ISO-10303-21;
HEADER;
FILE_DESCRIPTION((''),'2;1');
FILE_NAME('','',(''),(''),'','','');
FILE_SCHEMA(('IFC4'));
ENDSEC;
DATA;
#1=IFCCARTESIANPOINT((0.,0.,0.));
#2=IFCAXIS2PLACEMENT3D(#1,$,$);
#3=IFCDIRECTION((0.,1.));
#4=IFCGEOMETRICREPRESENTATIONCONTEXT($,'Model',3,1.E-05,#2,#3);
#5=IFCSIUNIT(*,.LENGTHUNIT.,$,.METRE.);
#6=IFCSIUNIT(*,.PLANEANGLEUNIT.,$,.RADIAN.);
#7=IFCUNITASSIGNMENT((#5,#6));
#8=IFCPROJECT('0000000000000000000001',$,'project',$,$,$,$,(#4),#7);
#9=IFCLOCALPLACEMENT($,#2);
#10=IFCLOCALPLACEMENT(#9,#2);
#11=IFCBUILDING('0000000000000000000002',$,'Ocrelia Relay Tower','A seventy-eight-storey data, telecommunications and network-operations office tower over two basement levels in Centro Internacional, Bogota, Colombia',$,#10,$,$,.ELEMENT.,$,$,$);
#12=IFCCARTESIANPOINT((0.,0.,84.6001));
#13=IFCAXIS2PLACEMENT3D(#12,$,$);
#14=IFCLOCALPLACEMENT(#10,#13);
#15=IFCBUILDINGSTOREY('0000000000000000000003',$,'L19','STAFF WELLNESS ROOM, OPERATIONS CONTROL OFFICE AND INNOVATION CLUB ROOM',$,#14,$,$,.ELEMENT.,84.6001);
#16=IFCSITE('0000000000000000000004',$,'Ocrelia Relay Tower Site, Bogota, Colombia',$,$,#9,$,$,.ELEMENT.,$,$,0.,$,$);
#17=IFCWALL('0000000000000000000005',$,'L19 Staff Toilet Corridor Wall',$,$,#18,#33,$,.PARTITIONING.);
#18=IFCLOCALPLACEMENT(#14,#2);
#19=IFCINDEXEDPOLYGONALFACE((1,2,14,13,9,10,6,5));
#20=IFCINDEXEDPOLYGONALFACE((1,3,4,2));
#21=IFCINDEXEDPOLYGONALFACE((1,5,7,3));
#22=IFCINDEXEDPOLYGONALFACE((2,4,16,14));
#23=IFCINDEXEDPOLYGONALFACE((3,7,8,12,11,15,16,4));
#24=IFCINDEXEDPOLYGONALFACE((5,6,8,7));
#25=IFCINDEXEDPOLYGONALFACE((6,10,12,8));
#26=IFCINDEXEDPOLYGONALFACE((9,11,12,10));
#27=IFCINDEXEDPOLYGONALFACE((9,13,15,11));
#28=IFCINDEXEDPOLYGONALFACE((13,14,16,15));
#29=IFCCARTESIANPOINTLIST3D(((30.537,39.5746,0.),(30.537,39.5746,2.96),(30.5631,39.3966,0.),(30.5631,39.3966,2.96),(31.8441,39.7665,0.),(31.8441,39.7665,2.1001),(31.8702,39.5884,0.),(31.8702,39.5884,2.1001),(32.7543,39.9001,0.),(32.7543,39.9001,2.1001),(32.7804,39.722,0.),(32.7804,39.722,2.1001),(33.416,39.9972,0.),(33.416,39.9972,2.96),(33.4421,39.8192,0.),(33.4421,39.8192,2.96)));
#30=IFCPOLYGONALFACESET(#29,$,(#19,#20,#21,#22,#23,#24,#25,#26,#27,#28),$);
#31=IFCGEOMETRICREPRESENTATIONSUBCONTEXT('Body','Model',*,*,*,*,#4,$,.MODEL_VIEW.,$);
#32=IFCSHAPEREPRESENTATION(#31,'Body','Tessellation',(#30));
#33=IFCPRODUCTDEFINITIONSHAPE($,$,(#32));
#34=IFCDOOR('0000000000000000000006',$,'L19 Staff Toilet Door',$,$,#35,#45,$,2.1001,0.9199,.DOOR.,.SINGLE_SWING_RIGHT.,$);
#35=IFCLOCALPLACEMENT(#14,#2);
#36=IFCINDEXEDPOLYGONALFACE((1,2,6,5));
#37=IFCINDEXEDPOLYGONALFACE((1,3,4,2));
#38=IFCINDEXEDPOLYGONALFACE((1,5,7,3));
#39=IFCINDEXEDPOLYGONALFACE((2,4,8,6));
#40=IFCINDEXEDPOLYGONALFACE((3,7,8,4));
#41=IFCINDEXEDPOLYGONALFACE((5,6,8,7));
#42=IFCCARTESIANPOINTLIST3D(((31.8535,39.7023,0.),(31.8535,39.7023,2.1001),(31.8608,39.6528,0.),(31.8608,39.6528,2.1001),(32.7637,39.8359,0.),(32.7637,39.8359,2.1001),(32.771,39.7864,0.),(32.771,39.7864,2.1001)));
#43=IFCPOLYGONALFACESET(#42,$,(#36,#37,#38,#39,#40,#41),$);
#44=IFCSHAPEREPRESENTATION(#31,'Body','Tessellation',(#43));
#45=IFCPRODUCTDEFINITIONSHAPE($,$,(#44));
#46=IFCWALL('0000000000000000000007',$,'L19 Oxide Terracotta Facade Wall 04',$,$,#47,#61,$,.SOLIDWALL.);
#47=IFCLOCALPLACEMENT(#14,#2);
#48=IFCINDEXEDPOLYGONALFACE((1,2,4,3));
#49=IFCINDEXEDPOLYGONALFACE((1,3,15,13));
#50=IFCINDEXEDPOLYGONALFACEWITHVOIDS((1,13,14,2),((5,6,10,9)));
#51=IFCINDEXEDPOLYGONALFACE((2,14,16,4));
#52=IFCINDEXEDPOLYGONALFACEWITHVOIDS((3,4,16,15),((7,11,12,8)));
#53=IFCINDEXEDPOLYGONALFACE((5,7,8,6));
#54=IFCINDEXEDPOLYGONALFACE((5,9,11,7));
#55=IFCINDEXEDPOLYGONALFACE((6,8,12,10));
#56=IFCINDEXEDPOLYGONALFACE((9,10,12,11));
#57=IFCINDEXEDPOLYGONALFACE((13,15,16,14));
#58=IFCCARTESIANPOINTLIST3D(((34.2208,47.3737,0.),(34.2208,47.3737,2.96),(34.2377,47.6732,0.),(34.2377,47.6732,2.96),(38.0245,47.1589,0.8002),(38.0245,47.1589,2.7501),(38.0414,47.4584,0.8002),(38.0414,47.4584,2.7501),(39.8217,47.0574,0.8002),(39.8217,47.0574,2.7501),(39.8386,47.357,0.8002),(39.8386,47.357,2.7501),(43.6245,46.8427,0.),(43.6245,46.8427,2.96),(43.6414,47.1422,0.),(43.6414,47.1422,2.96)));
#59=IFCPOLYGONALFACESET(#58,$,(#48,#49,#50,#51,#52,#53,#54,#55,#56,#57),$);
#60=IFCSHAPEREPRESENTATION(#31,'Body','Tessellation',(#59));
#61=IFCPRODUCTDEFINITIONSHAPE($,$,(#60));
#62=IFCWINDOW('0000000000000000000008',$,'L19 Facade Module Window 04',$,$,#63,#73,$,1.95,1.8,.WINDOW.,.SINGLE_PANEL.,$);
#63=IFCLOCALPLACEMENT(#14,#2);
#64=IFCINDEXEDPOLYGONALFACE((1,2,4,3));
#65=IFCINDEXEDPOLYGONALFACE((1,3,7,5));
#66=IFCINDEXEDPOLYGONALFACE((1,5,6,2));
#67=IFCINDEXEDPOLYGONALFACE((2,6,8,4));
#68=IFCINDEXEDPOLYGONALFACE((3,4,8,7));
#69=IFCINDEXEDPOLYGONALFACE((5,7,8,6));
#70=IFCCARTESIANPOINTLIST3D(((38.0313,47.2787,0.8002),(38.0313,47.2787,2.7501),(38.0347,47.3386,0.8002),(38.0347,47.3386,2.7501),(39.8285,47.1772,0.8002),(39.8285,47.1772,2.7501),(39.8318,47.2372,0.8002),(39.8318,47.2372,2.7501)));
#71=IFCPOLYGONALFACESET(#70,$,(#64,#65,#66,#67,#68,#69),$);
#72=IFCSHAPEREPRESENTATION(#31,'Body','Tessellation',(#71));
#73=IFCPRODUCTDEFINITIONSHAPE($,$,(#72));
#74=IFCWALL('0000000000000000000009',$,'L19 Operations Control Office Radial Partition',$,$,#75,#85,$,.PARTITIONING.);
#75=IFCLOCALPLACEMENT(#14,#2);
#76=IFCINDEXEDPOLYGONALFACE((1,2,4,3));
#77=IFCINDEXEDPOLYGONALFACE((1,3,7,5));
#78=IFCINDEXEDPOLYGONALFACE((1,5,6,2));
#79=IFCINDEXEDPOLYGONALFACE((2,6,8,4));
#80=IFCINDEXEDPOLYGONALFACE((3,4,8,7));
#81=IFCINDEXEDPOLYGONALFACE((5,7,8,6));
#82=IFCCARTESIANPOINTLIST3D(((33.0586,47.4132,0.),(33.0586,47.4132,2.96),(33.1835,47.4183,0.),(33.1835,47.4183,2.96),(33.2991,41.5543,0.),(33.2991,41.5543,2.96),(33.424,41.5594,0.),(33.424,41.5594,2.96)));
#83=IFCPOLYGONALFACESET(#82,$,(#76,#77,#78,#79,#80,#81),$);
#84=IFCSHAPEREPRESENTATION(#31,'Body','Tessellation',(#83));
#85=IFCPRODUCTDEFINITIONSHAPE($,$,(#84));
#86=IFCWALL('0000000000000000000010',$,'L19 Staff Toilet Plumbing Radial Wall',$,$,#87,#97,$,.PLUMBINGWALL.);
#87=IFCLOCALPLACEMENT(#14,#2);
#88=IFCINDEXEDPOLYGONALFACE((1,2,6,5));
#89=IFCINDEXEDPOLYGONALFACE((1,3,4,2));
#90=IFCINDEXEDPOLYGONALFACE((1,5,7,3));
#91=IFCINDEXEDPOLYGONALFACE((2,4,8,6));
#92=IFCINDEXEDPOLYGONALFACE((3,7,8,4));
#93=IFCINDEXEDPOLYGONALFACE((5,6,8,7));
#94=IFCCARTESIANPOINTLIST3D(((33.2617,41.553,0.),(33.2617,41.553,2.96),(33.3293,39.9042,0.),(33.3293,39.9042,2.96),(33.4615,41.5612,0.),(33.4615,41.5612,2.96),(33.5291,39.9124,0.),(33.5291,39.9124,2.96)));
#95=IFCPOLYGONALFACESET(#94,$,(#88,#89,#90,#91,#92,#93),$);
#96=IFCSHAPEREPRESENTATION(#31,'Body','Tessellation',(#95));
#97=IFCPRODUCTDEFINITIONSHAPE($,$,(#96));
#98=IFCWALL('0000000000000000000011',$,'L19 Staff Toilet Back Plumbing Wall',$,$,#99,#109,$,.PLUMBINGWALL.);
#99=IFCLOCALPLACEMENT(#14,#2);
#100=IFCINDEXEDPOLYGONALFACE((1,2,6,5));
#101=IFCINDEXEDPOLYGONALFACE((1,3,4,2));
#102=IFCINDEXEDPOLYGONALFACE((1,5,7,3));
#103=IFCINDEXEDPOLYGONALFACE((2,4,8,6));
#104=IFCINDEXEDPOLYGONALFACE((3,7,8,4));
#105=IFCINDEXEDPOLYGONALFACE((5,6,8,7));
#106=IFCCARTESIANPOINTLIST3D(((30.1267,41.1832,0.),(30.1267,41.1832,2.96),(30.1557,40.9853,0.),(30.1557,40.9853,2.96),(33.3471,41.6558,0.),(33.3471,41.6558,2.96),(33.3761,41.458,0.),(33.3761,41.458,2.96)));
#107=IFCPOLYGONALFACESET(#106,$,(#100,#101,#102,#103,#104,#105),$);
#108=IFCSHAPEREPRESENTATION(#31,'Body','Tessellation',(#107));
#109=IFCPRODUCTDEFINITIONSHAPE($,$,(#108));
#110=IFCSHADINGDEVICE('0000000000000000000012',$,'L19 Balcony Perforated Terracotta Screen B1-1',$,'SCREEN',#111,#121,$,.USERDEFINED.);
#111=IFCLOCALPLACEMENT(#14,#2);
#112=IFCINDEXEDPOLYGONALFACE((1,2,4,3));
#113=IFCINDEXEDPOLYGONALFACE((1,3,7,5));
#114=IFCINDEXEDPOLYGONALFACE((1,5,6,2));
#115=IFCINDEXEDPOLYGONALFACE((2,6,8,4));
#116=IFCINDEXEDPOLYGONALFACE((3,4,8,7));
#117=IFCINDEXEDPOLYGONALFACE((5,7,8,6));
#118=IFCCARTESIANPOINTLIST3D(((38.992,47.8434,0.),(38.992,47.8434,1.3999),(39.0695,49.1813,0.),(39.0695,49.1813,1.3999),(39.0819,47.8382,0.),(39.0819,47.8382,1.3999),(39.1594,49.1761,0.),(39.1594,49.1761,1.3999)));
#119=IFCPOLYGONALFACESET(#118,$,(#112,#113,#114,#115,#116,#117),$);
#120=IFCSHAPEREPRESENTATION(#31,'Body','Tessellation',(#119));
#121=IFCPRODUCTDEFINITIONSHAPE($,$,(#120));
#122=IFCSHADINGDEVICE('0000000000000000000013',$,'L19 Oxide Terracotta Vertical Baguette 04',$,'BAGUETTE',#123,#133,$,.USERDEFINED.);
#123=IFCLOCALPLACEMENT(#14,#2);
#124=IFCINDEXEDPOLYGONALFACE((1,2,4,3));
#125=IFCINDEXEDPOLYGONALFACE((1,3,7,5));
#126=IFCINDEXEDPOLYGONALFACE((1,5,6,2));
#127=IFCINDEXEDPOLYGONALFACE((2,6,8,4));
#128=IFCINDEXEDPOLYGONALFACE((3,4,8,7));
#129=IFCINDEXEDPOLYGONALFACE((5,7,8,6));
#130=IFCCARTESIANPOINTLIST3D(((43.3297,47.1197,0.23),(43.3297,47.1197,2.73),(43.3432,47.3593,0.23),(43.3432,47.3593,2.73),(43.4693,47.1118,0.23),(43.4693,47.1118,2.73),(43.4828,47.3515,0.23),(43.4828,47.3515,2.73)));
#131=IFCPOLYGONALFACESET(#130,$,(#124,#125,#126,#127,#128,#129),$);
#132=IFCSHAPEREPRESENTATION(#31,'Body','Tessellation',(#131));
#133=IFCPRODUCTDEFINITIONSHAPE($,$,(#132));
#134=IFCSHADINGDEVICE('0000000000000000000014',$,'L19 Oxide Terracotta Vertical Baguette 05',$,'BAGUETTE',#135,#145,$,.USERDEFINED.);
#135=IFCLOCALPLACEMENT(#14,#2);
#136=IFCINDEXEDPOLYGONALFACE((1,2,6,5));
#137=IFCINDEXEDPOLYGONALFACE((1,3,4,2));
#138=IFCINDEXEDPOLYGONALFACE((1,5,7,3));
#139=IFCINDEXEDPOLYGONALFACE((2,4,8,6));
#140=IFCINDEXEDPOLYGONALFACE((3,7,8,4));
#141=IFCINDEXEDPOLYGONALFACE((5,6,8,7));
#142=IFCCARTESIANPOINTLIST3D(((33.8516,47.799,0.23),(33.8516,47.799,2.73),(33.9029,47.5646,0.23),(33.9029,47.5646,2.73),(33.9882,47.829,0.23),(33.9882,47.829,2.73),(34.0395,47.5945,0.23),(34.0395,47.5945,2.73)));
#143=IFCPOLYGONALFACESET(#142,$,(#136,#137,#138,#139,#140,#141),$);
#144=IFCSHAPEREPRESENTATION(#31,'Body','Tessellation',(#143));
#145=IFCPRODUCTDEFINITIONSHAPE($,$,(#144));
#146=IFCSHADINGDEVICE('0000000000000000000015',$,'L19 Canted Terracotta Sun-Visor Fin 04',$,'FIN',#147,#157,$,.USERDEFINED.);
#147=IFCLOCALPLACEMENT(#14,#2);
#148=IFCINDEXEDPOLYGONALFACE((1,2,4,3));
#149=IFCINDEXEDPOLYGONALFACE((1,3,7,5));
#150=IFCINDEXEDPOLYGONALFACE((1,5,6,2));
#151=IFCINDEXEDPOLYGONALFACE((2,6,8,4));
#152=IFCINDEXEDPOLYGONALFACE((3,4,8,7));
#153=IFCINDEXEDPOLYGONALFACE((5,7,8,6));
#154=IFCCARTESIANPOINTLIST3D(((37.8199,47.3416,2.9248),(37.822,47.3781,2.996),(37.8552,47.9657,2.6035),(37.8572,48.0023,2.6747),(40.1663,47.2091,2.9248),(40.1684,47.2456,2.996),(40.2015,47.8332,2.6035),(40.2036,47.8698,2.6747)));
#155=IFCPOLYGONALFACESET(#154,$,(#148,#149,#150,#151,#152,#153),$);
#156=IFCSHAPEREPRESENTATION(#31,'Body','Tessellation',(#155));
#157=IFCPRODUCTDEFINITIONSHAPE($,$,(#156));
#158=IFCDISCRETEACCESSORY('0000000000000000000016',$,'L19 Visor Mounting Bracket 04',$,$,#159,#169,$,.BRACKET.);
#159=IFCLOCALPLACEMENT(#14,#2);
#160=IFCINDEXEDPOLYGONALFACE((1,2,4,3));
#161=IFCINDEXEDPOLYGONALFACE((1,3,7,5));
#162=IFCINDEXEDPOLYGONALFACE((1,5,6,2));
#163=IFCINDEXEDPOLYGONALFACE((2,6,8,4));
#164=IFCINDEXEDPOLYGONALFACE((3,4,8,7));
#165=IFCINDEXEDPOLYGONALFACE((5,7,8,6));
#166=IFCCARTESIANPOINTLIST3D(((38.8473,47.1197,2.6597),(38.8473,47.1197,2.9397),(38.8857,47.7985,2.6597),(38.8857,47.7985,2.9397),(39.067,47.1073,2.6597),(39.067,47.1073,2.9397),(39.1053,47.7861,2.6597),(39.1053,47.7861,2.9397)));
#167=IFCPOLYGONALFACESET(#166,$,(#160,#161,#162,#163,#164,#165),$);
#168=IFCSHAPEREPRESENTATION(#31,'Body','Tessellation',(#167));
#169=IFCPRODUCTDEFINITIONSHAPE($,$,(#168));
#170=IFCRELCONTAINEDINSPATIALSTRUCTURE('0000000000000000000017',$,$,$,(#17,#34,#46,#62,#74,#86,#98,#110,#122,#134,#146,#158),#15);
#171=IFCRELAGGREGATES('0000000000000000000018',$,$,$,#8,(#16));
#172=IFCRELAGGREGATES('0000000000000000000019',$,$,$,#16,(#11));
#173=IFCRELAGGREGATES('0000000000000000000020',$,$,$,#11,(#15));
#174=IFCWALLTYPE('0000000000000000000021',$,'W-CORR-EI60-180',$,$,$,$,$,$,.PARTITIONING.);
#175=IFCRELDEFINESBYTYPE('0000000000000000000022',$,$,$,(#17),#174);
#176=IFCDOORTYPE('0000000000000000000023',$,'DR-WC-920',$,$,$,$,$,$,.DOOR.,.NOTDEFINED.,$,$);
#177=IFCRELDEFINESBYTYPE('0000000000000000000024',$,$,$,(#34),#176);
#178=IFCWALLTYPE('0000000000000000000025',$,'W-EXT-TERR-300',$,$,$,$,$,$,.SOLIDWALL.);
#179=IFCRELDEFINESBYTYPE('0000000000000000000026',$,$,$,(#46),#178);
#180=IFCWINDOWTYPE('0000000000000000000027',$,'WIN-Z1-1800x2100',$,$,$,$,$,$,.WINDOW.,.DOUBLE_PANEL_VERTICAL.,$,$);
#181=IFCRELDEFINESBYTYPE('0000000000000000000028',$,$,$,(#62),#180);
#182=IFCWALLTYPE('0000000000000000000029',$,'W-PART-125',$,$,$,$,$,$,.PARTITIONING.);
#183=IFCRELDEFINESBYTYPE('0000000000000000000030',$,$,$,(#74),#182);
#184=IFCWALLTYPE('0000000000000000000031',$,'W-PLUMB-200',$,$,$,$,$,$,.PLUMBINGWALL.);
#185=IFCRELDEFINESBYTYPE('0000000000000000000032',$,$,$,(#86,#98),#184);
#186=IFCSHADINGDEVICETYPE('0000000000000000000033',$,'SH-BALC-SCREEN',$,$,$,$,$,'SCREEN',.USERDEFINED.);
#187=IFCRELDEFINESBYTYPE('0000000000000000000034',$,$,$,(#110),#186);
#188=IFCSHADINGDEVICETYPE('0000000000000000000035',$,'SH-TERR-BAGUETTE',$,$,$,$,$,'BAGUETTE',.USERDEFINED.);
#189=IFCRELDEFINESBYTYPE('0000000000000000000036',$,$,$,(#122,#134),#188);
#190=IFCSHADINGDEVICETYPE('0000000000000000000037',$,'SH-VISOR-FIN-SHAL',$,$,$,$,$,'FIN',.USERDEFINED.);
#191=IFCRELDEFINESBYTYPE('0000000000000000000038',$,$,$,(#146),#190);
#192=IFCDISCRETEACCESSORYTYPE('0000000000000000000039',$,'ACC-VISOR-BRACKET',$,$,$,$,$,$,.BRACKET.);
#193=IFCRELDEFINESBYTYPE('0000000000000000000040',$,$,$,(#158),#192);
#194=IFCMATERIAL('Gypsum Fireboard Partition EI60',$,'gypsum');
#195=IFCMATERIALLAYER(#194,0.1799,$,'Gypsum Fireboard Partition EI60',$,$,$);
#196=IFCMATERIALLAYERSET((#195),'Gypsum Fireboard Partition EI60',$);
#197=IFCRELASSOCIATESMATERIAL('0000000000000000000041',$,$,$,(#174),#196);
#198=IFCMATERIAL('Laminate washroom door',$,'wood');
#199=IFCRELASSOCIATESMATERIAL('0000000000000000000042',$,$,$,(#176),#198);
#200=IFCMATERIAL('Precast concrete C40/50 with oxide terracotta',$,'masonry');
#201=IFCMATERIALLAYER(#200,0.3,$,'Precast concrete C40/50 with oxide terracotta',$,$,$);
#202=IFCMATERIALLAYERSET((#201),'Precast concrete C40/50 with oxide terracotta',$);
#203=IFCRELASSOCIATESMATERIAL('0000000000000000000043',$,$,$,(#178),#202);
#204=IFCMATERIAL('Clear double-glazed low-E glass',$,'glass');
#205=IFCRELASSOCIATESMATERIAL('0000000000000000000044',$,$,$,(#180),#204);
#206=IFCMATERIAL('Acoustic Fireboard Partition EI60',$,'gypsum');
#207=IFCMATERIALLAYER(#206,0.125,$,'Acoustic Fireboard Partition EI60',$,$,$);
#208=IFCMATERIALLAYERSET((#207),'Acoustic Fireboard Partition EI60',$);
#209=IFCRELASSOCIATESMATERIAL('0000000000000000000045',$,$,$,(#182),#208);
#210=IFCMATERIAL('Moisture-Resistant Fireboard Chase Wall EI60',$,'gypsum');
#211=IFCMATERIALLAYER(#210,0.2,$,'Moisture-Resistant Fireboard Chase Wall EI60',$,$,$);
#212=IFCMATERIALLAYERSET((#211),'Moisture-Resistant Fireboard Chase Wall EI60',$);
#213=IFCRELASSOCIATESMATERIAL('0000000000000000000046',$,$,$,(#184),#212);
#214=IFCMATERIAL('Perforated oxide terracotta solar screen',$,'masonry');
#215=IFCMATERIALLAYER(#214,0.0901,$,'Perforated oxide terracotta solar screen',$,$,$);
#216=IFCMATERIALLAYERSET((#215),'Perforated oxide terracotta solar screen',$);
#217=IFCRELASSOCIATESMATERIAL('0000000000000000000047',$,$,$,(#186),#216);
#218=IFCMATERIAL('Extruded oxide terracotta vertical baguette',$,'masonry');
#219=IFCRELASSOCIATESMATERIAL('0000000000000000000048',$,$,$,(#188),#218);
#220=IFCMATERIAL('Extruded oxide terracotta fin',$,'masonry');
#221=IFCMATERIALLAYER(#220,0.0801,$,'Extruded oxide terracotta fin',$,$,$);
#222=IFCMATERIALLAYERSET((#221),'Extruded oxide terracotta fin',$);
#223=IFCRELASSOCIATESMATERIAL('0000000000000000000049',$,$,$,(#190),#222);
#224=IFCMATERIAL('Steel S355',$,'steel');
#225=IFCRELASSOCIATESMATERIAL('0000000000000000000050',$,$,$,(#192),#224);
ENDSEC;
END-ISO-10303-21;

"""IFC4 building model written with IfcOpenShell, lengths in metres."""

from ifc_helpers import new_model, si_unit, direction, frame, frame_2d, origin, origin_2d, place, context, subcontext, project, spatial, rectangle, extrude, material, layer, layer_set, type_object, element, fill, save


model = new_model("IFC4")

# Units and contexts
model_context = context("Model", 3, precision=1e-05, world=origin(), true_north=direction((0.0, 1.0)))
body_context = subcontext(model_context, "Body", "Model", "MODEL_VIEW")
ifc_project = project(units=[si_unit("LENGTHUNIT", "METRE"), si_unit("PLANEANGLEUNIT", "RADIAN")], contexts=[model_context])

# Site, building, storey
site_placement = place(None, origin())
site = spatial("IfcSite", under=ifc_project, at=site_placement, Name="Ocrelia Relay Tower Site, Bogota, Colombia", CompositionType="ELEMENT", RefElevation=0.0)
building_placement = place(site_placement, origin())
building = spatial("IfcBuilding", under=site, at=building_placement, Name="Ocrelia Relay Tower", Description="A seventy-eight-storey data, telecommunications and network-operations office tower over two basement levels in Centro Internacional, Bogota, Colombia", CompositionType="ELEMENT")
storey_placement = place(building_placement, frame((0.0, 0.0, 84.6001)))
storey = spatial("IfcBuildingStorey", under=building, at=storey_placement, Name="L19", Description="STAFF WELLNESS ROOM, OPERATIONS CONTROL OFFICE AND INNOVATION CLUB ROOM", CompositionType="ELEMENT", Elevation=84.6001)

# Shared definitions
ifc_material_1 = material(Name="Steel S355", Category="steel")

# Wall, opening, door
ifc_material_2 = material(Name="Gypsum Fireboard Partition EI60", Category="gypsum")
ifc_layer_1 = layer(ifc_material_2, 0.1799, Name="Gypsum Fireboard Partition EI60")
ifc_layer_set_1 = layer_set([ifc_layer_1], Name="Gypsum Fireboard Partition EI60")
wall_type_1 = type_object("IfcWallType", Name="W-CORR-EI60-180", PredefinedType="PARTITIONING", material=ifc_layer_set_1)
wall_1_placement = place(storey_placement, frame((33.4292, 39.9082, 0.0), z_axis=(0.0, 0.0, 1.0), x_axis=(-0.989399, -0.145226, 0.0)))
wall_1 = element("IfcWall", 1, at=wall_1_placement, inside=storey, type_object=wall_type_1, Name="L19 Staff Toilet Corridor Wall", PredefinedType="PARTITIONING", context=body_context, shape_type="SweptSolid", body=[
    extrude(rectangle(XDim=2.9099, YDim=0.1799, at=frame_2d((1.4551, 0.0))), origin(), (0.0, 0.0, 1.0), 2.96),
])
opening_1_placement = place(wall_1_placement, frame((0.6689, 0.0, 0.0)))
opening_1 = element("IfcOpeningElement", 2, at=opening_1_placement, cuts=wall_1, PredefinedType="OPENING", context=body_context, shape_type="SweptSolid", body=[
    extrude(rectangle(XDim=0.9199, YDim=2.1001, at=frame_2d((0.46, 1.05))), frame((0.0, 0.1001, 0.0), z_axis=(0.0, -1.0, 0.0), x_axis=(1.0, 0.0, 0.0)), (0.0, 0.0, 1.0), 0.2),
])
ifc_material_3 = material(Name="Laminate washroom door", Category="wood")
door_type_1 = type_object("IfcDoorType", Name="DR-WC-920", OperationType="NOTDEFINED", PredefinedType="DOOR", material=ifc_material_3)
door_1_placement = place(opening_1_placement, origin())
door_1 = element("IfcDoor", 3, at=door_1_placement, inside=storey, type_object=door_type_1, Name="L19 Staff Toilet Door", OperationType="SINGLE_SWING_RIGHT", OverallHeight=2.1001, OverallWidth=0.9199, PredefinedType="DOOR", context=body_context, shape_type="SweptSolid", body=[
    extrude(rectangle(XDim=0.9199, YDim=2.1001, at=frame_2d((0.46, 1.05))), frame((0.0, 0.0249, 0.0), z_axis=(0.0, -1.0, 0.0), x_axis=(1.0, 0.0, 0.0)), (0.0, 0.0, 1.0), 0.05),
])
fill(opening_1, door_1)

# Wall, opening, window
ifc_material_4 = material(Name="Precast concrete C40/50 with oxide terracotta", Category="masonry")
ifc_layer_2 = layer(ifc_material_4, 0.3, Name="Precast concrete C40/50 with oxide terracotta")
ifc_layer_set_2 = layer_set([ifc_layer_2], Name="Precast concrete C40/50 with oxide terracotta")
wall_type_2 = type_object("IfcWallType", Name="W-EXT-TERR-300", PredefinedType="SOLIDWALL", material=ifc_layer_set_2)
wall_2_placement = place(storey_placement, frame((43.6331, 46.9924, 0.0), z_axis=(0.0, 0.0, 1.0), x_axis=(-0.99841, 0.056377, 0.0)))
wall_2 = element("IfcWall", 4, at=wall_2_placement, inside=storey, type_object=wall_type_2, Name="L19 Oxide Terracotta Facade Wall 04", PredefinedType="SOLIDWALL", context=body_context, shape_type="SweptSolid", body=[
    extrude(rectangle(XDim=9.4187, YDim=0.3, at=frame_2d((4.7095, 0.0))), origin(), (0.0, 0.0, 1.0), 2.96),
])
opening_2_placement = place(wall_2_placement, frame((3.8091, 0.0, 0.8)))
opening_2 = element("IfcOpeningElement", 5, at=opening_2_placement, cuts=wall_2, PredefinedType="OPENING", context=body_context, shape_type="SweptSolid", body=[
    extrude(rectangle(XDim=1.8, YDim=1.95, at=frame_2d((0.8999, 0.9751))), frame((0.0, 0.1602, 0.0), z_axis=(0.0, -1.0, 0.0), x_axis=(1.0, 0.0, 0.0)), (0.0, 0.0, 1.0), 0.3201),
])
ifc_material_5 = material(Name="Clear double-glazed low-E glass", Category="glass")
window_type = type_object("IfcWindowType", Name="WIN-Z1-1800x2100", PartitioningType="DOUBLE_PANEL_VERTICAL", PredefinedType="WINDOW", material=ifc_material_5)
window_placement = place(opening_2_placement, origin())
window = element("IfcWindow", 6, at=window_placement, inside=storey, type_object=window_type, Name="L19 Facade Module Window 04", OverallHeight=1.95, OverallWidth=1.8, PartitioningType="SINGLE_PANEL", PredefinedType="WINDOW", context=body_context, shape_type="SweptSolid", body=[
    extrude(rectangle(XDim=1.8, YDim=1.95, at=frame_2d((0.8999, 0.9751))), frame((0.0, 0.03, 0.0), z_axis=(0.0, -1.0, 0.0), x_axis=(1.0, 0.0, 0.0)), (0.0, 0.0, 1.0), 0.0601),
])
fill(opening_2, window)

# Walls
ifc_material_6 = material(Name="Acoustic Fireboard Partition EI60", Category="gypsum")
ifc_layer_3 = layer(ifc_material_6, 0.125, Name="Acoustic Fireboard Partition EI60")
ifc_layer_set_3 = layer_set([ifc_layer_3], Name="Acoustic Fireboard Partition EI60")
wall_type_3 = type_object("IfcWallType", Name="W-PART-125", PredefinedType="PARTITIONING", material=ifc_layer_set_3)
wall_3_placement = place(storey_placement, frame((33.3616, 41.5569, 0.0), z_axis=(0.0, 0.0, 1.0), x_axis=(-0.041011, 0.999159, 0.0)))
element("IfcWall", 7, at=wall_3_placement, inside=storey, type_object=wall_type_3, Name="L19 Operations Control Office Radial Partition", PredefinedType="PARTITIONING", context=body_context, shape_type="SweptSolid", body=[
    extrude(rectangle(XDim=5.8638, YDim=0.125, at=frame_2d((2.9319, 0.0))), origin(), (0.0, 0.0, 1.0), 2.96),
])
ifc_material_7 = material(Name="Moisture-Resistant Fireboard Chase Wall EI60", Category="gypsum")
ifc_layer_4 = layer(ifc_material_7, 0.2, Name="Moisture-Resistant Fireboard Chase Wall EI60")
ifc_layer_set_4 = layer_set([ifc_layer_4], Name="Moisture-Resistant Fireboard Chase Wall EI60")
wall_type_4 = type_object("IfcWallType", Name="W-PLUMB-200", PredefinedType="PLUMBINGWALL", material=ifc_layer_set_4)
wall_4_placement = place(storey_placement, frame((33.4292, 39.9082, 0.0), z_axis=(0.0, 0.0, 1.0), x_axis=(-0.040984, 0.99916, 0.0)))
element("IfcWall", 8, at=wall_4_placement, inside=storey, type_object=wall_type_4, Name="L19 Staff Toilet Plumbing Radial Wall", PredefinedType="PLUMBINGWALL", context=body_context, shape_type="SweptSolid", body=[
    extrude(rectangle(XDim=1.6501, YDim=0.2, at=frame_2d((0.8252, 0.0))), origin(), (0.0, 0.0, 1.0), 2.96),
])
wall_5_placement = place(storey_placement, frame((33.3616, 41.5569, 0.0), z_axis=(0.0, 0.0, 1.0), x_axis=(-0.989401, -0.145211, 0.0)))
element("IfcWall", 9, at=wall_5_placement, inside=storey, type_object=wall_type_4, Name="L19 Staff Toilet Back Plumbing Wall", PredefinedType="PLUMBINGWALL", context=body_context, shape_type="SweptSolid", body=[
    extrude(rectangle(XDim=3.2549, YDim=0.2, at=frame_2d((1.6274, 0.0))), origin(), (0.0, 0.0, 1.0), 2.96),
])

# Shading devices
ifc_material_8 = material(Name="Perforated oxide terracotta solar screen", Category="masonry")
ifc_layer_5 = layer(ifc_material_8, 0.0901, Name="Perforated oxide terracotta solar screen")
ifc_layer_set_5 = layer_set([ifc_layer_5], Name="Perforated oxide terracotta solar screen")
shading_device_type_1 = type_object("IfcShadingDeviceType", Name="SH-BALC-SCREEN", ElementType="SCREEN", PredefinedType="USERDEFINED", material=ifc_layer_set_5)
shading_device_1_placement = place(storey_placement, frame((39.0757, 48.5098, 0.0), z_axis=(0.0, 0.0, 1.0), x_axis=(0.057839, 0.998326, 0.0)))
element("IfcShadingDevice", 10, at=shading_device_1_placement, inside=storey, type_object=shading_device_type_1, Name="L19 Balcony Perforated Terracotta Screen B1-1", ObjectType="SCREEN", PredefinedType="USERDEFINED", context=body_context, shape_type="SweptSolid", body=[
    extrude(rectangle(XDim=1.3401, YDim=0.0901, at=origin_2d()), origin(), (0.0, 0.0, 1.0), 1.3999),
])
ifc_material_9 = material(Name="Extruded oxide terracotta vertical baguette", Category="masonry")
shading_device_type_2 = type_object("IfcShadingDeviceType", Name="SH-TERR-BAGUETTE", ElementType="BAGUETTE", PredefinedType="USERDEFINED", material=ifc_material_9)
for number, where, z_axis, x_axis, name in (
    (11, (43.4062, 47.2356, 0.23), (0.0, 0.0, 1.0), (-0.99841, 0.056377, 0.0), "L19 Oxide Terracotta Vertical Baguette 04"),
    (12, (33.9456, 47.6968, 0.23), (0.0, 0.0, 1.0), (-0.976859, -0.213883, 0.0), "L19 Oxide Terracotta Vertical Baguette 05"),
):
    element("IfcShadingDevice", number, at=place(storey_placement, frame(where, z_axis=z_axis, x_axis=x_axis)), inside=storey, type_object=shading_device_type_2, Name=name, ObjectType="BAGUETTE", PredefinedType="USERDEFINED", context=body_context, shape_type="SweptSolid", body=[
        extrude(rectangle(XDim=0.1399, YDim=0.24, at=origin_2d()), origin(), (0.0, 0.0, 1.0), 2.5),
    ])
ifc_material_10 = material(Name="Extruded oxide terracotta fin", Category="masonry")
ifc_layer_6 = layer(ifc_material_10, 0.0801, Name="Extruded oxide terracotta fin")
ifc_layer_set_6 = layer_set([ifc_layer_6], Name="Extruded oxide terracotta fin")
shading_device_type_3 = type_object("IfcShadingDeviceType", Name="SH-VISOR-FIN-SHAL", ElementType="FIN", PredefinedType="USERDEFINED", material=ifc_layer_set_6)
shading_device_2_placement = place(storey_placement, frame((39.0107, 47.5874, 2.7642), z_axis=(0.02577, 0.456371, 0.889416), x_axis=(-0.99841, 0.056377, 0.0)))
element("IfcShadingDevice", 13, at=shading_device_2_placement, inside=storey, type_object=shading_device_type_3, Name="L19 Canted Terracotta Sun-Visor Fin 04", ObjectType="FIN", PredefinedType="USERDEFINED", context=body_context, shape_type="SweptSolid", body=[
    extrude(rectangle(XDim=2.3501, YDim=0.7029, at=origin_2d()), origin(), (0.0, 0.0, 1.0), 0.0801),
])

# Discrete accessory
discrete_accessory_type = type_object("IfcDiscreteAccessoryType", Name="ACC-VISOR-BRACKET", PredefinedType="BRACKET", material=ifc_material_1)
discrete_accessory_placement = place(storey_placement, frame((38.9763, 47.4529, 2.6597), z_axis=(0.0, 0.0, 1.0), x_axis=(-0.99841, 0.056377, 0.0)))
element("IfcDiscreteAccessory", 14, at=discrete_accessory_placement, inside=storey, type_object=discrete_accessory_type, Name="L19 Visor Mounting Bracket 04", PredefinedType="BRACKET", context=body_context, shape_type="SweptSolid", body=[
    extrude(rectangle(XDim=0.22, YDim=0.6799, at=origin_2d()), origin(), (0.0, 0.0, 1.0), 0.28),
])

save(model, "model.ifc")
